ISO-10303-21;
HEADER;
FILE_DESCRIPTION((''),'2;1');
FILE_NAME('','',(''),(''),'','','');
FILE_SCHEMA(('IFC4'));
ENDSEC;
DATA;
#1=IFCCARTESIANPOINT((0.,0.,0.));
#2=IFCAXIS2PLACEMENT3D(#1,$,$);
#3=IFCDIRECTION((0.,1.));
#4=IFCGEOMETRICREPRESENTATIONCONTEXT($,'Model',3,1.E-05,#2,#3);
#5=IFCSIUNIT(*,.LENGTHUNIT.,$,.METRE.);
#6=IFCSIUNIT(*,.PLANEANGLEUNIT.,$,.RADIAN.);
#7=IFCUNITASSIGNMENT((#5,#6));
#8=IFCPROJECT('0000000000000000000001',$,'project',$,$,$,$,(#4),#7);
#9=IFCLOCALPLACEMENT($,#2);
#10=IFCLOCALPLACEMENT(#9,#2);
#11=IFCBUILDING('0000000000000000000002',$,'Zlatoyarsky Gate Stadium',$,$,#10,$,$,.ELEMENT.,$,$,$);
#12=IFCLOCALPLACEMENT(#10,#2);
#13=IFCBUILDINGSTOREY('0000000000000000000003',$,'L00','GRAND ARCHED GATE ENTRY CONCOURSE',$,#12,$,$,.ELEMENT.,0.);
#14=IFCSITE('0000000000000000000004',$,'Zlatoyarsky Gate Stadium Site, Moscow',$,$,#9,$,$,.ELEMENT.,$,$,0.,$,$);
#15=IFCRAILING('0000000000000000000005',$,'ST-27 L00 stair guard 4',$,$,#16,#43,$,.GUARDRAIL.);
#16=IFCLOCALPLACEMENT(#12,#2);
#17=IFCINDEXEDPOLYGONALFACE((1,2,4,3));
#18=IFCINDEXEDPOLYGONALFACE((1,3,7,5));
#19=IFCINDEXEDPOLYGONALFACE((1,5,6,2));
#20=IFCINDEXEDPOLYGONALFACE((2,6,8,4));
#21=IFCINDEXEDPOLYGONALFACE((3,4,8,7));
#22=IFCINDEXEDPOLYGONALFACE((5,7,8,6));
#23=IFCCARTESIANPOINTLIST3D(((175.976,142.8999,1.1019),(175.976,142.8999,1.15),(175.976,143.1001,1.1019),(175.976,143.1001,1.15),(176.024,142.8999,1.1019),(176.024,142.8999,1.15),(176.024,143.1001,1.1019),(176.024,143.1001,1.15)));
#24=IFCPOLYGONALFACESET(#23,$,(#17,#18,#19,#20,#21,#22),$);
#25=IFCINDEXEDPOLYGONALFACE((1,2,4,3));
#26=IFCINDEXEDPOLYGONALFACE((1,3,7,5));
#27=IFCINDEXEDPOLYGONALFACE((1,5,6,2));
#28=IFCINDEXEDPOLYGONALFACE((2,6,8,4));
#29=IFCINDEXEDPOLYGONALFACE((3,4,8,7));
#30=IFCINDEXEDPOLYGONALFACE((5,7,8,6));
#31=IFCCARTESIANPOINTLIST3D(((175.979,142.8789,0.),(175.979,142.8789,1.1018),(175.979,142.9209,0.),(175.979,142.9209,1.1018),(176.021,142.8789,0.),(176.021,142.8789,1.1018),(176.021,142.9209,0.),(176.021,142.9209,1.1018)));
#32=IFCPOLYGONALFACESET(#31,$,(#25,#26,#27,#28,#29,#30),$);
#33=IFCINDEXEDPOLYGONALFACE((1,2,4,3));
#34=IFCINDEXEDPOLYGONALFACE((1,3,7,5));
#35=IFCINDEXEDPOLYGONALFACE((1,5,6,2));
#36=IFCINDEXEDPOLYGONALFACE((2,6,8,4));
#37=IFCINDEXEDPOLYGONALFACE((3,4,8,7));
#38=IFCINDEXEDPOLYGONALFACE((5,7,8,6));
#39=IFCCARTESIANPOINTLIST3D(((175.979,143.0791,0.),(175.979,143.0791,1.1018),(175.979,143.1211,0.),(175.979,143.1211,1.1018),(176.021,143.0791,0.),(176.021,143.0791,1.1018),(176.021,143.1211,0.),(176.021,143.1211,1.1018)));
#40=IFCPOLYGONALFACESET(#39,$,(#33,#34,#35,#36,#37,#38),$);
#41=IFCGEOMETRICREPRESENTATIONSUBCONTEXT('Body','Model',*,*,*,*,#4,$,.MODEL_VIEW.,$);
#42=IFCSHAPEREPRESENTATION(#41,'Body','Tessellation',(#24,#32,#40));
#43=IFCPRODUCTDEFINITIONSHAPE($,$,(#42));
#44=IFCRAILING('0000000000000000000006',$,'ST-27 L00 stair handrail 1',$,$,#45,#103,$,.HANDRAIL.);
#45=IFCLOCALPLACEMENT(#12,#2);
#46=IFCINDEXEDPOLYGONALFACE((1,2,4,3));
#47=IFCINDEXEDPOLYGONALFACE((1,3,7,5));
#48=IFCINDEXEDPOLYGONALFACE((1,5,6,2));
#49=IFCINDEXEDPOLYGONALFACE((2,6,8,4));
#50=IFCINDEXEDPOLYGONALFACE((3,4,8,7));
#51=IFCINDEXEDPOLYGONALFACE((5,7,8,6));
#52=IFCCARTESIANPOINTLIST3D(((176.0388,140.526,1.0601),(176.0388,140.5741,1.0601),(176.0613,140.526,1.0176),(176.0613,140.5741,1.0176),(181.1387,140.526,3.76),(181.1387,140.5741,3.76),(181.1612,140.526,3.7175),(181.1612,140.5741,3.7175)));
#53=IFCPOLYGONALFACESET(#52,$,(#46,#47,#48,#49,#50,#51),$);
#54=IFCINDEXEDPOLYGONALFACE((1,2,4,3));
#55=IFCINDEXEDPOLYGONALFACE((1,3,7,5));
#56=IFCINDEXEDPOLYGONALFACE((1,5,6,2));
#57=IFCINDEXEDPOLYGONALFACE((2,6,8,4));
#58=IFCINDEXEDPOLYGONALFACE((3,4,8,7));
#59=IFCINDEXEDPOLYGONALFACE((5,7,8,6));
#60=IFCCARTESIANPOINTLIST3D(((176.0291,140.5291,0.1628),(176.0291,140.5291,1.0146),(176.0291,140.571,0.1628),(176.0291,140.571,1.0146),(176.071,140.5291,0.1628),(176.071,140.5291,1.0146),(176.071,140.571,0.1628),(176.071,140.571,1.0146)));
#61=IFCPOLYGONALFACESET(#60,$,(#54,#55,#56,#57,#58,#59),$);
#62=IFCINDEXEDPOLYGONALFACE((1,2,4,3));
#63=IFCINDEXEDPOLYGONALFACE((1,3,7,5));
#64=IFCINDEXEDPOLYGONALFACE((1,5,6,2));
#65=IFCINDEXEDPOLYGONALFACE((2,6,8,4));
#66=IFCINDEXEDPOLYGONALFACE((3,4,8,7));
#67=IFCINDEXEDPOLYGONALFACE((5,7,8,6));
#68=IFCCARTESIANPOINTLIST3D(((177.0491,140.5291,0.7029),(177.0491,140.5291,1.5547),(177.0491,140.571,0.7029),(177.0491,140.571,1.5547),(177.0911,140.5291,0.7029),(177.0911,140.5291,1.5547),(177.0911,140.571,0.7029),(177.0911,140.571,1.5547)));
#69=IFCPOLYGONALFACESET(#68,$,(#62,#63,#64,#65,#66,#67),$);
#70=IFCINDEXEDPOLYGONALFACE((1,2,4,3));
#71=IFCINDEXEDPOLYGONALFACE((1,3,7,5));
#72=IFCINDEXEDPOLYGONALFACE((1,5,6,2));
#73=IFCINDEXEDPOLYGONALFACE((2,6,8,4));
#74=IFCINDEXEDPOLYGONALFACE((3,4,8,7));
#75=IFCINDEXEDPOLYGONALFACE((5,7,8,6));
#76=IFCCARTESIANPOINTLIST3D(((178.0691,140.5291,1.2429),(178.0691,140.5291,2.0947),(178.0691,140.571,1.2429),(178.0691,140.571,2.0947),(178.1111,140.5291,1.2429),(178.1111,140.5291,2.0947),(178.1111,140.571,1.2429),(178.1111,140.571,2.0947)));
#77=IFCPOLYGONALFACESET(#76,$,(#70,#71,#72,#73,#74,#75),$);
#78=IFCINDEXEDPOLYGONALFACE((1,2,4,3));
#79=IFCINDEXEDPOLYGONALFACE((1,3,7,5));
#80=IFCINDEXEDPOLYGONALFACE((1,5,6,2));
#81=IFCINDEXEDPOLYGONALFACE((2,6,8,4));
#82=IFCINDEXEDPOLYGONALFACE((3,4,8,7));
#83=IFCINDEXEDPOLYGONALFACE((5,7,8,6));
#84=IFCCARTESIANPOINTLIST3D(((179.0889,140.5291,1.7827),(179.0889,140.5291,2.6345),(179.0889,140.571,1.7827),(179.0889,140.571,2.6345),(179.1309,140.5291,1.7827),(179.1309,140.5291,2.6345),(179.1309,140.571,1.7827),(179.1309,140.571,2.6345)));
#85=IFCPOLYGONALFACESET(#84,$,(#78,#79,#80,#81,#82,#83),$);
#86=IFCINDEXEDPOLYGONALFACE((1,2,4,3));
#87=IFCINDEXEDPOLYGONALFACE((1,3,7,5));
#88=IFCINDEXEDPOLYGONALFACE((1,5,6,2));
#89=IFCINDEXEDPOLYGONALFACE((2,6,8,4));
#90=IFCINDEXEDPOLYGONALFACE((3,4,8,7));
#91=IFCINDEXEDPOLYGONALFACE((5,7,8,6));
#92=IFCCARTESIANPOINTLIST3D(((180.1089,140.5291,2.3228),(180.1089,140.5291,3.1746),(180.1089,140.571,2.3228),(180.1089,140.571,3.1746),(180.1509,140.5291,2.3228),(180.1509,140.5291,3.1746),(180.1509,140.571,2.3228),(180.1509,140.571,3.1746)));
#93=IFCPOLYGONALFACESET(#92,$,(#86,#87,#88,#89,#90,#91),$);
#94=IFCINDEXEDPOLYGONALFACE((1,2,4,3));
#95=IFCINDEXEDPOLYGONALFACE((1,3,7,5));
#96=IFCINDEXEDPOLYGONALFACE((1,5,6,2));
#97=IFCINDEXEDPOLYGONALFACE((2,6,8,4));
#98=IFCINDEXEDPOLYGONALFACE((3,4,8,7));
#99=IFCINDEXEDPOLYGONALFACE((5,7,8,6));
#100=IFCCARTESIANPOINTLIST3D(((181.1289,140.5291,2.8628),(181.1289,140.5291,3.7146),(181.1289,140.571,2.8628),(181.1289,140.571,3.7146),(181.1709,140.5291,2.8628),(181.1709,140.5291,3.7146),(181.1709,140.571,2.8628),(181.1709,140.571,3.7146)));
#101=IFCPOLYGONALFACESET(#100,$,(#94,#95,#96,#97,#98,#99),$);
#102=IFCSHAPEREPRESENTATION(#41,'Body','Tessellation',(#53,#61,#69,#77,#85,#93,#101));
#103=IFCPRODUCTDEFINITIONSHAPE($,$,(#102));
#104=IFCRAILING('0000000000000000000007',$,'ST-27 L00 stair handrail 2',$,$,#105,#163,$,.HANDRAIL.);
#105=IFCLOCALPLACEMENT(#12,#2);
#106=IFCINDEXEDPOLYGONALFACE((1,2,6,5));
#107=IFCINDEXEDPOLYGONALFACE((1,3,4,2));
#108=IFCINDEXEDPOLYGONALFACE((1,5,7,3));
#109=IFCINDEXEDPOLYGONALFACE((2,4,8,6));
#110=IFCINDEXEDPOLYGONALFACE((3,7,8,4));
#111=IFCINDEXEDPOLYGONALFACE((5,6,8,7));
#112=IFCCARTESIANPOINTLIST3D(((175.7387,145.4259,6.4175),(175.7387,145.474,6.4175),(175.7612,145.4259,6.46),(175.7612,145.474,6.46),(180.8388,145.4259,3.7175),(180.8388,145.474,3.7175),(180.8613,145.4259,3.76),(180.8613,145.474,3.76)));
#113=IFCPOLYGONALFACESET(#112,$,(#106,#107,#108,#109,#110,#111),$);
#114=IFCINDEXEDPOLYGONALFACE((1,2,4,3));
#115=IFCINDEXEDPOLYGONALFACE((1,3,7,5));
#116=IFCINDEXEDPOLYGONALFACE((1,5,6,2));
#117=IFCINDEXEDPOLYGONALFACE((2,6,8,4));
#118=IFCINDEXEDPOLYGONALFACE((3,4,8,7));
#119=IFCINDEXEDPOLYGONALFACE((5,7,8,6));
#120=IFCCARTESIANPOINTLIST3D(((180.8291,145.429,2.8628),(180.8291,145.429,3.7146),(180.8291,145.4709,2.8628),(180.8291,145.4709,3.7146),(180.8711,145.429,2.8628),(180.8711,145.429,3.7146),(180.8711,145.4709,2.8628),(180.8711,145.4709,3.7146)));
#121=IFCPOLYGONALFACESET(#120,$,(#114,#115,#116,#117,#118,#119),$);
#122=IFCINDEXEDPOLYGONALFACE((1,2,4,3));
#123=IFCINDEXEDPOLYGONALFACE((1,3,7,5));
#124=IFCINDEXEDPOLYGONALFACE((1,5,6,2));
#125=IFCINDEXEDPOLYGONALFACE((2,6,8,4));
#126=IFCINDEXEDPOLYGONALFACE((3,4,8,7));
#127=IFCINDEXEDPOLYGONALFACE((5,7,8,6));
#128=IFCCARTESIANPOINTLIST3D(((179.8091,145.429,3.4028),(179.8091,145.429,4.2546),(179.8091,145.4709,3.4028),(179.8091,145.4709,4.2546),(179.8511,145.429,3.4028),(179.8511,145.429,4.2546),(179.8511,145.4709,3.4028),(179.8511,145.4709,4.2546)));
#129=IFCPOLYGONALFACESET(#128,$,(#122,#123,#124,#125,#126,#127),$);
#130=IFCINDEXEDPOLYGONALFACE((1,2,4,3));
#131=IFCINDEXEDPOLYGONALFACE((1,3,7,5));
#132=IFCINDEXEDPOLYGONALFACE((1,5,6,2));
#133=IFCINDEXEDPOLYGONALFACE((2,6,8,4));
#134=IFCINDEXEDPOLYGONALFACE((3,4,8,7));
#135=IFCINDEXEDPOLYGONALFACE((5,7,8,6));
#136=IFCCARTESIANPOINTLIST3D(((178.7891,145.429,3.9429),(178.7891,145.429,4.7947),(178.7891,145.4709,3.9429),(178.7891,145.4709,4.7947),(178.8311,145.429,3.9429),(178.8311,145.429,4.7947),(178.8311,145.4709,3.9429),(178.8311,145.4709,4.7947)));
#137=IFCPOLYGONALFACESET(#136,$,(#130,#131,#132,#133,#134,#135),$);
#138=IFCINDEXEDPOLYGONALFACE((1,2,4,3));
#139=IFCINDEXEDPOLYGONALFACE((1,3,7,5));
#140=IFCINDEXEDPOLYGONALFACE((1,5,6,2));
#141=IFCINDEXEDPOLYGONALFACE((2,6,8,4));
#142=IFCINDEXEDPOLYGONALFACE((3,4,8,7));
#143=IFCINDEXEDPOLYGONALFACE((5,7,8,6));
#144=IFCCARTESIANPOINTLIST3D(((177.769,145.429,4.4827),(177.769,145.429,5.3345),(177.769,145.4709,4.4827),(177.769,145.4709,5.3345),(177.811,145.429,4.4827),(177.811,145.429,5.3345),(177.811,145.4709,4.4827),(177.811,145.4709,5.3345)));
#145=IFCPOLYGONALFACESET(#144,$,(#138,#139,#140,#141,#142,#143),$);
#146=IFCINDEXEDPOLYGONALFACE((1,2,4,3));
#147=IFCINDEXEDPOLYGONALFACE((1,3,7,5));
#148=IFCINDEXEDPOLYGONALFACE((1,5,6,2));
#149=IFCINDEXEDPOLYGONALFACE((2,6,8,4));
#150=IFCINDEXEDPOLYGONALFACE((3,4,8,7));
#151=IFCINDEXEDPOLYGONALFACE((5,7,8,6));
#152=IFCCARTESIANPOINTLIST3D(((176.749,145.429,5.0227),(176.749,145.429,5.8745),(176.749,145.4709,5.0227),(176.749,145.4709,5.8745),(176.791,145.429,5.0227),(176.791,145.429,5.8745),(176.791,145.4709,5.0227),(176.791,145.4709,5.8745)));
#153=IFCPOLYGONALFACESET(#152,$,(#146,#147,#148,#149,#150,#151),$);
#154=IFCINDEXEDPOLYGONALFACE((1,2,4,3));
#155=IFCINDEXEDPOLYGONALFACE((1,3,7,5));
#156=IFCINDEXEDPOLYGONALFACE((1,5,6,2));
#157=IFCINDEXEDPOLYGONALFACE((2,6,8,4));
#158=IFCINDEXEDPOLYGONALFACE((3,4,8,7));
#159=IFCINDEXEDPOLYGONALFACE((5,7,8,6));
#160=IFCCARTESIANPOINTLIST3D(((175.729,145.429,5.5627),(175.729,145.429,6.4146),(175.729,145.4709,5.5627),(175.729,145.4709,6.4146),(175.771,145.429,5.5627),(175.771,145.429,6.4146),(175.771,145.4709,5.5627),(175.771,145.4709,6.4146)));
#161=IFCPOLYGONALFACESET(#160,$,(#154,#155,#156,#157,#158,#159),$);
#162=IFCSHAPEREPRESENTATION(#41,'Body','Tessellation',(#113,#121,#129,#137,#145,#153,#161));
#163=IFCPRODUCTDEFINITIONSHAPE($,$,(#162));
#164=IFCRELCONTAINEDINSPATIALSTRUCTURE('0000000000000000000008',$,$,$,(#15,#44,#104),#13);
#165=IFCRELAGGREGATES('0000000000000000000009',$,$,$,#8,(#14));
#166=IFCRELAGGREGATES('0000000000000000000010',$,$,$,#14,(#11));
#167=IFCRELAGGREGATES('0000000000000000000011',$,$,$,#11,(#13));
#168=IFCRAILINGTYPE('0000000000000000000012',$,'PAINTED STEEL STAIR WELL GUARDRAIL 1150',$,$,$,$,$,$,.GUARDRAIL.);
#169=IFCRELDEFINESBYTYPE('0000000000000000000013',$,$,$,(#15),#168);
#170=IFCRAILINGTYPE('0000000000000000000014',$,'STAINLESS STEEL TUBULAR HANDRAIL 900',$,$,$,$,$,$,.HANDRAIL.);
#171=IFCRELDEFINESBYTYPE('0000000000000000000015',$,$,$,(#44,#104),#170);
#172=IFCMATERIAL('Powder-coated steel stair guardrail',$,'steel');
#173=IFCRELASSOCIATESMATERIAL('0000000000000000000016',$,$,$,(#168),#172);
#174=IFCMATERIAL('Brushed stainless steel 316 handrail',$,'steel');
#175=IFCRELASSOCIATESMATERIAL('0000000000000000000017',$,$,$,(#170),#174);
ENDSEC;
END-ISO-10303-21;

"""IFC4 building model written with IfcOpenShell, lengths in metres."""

from ifc_helpers import new_model, si_unit, direction, frame, origin, origin_2d, place, context, subcontext, project, spatial, rectangle, extrude, material, type_object, element, save


model = new_model("IFC4")

# Units and contexts
model_context = context("Model", 3, precision=1e-05, world=origin(), true_north=direction((0.0, 1.0)))
body_context = subcontext(model_context, "Body", "Model", "MODEL_VIEW")
ifc_project = project(units=[si_unit("LENGTHUNIT", "METRE"), si_unit("PLANEANGLEUNIT", "RADIAN")], contexts=[model_context])

# Site, building, storey
site_placement = place(None, origin())
site = spatial("IfcSite", under=ifc_project, at=site_placement, Name="Zlatoyarsky Gate Stadium Site, Moscow", CompositionType="ELEMENT", RefElevation=0.0)
building_placement = place(site_placement, origin())
building = spatial("IfcBuilding", under=site, at=building_placement, Name="Zlatoyarsky Gate Stadium", CompositionType="ELEMENT")
storey_placement = place(building_placement, origin())
storey = spatial("IfcBuildingStorey", under=building, at=storey_placement, Name="L00", Description="GRAND ARCHED GATE ENTRY CONCOURSE", CompositionType="ELEMENT", Elevation=0.0)

# Railings
ifc_material_1 = material(Name="Powder-coated steel stair guardrail", Category="steel")
railing_type_1 = type_object("IfcRailingType", Name="PAINTED STEEL STAIR WELL GUARDRAIL 1150", PredefinedType="GUARDRAIL", material=ifc_material_1)
railing_1_placement = place(storey_placement, frame((176.0, 142.8999, 0.0)))
element("IfcRailing", 1, at=railing_1_placement, inside=storey, type_object=railing_type_1, Name="ST-27 L00 stair guard 4", PredefinedType="GUARDRAIL", context=body_context, shape_type="SweptSolid", body=[
    extrude(rectangle(XDim=0.0481, YDim=0.0481, at=origin_2d()), frame((0.0, 0.0, 1.126), z_axis=(0.0, 1.0, 0.0), x_axis=(-1.0, 0.0, 0.0)), (0.0, 0.0, 1.0), 0.2002),
    extrude(rectangle(XDim=0.042, YDim=0.042, at=origin_2d()), origin(), (0.0, 0.0, 1.0), 1.1018),
    extrude(rectangle(XDim=0.042, YDim=0.042, at=origin_2d()), frame((0.0, 0.2002, 0.0)), (0.0, 0.0, 1.0), 1.1018),
])
ifc_material_2 = material(Name="Brushed stainless steel 316 handrail", Category="steel")
railing_type_2 = type_object("IfcRailingType", Name="STAINLESS STEEL TUBULAR HANDRAIL 900", PredefinedType="HANDRAIL", material=ifc_material_2)
railing_2_placement = place(storey_placement, frame((176.05, 140.55, 0.1628)))
element("IfcRailing", 2, at=railing_2_placement, inside=storey, type_object=railing_type_2, Name="ST-27 L00 stair handrail 1", PredefinedType="HANDRAIL", context=body_context, shape_type="SweptSolid", body=[
    extrude(rectangle(XDim=0.0481, YDim=0.0481, at=origin_2d()), frame((0.0, 0.0, 0.876), z_axis=(0.883786, 0.0, 0.467892), x_axis=(0.0, 1.0, 0.0)), (0.0, 0.0, 1.0), 5.7705),
    extrude(rectangle(XDim=0.042, YDim=0.042, at=origin_2d()), origin(), (0.0, 0.0, 1.0), 0.8518),
    extrude(rectangle(XDim=0.042, YDim=0.042, at=origin_2d()), frame((1.02, 0.0, 0.54)), (0.0, 0.0, 1.0), 0.8518),
    extrude(rectangle(XDim=0.042, YDim=0.042, at=origin_2d()), frame((2.04, 0.0, 1.0801)), (0.0, 0.0, 1.0), 0.8518),
    extrude(rectangle(XDim=0.042, YDim=0.042, at=origin_2d()), frame((3.0598, 0.0, 1.6199)), (0.0, 0.0, 1.0), 0.8518),
    extrude(rectangle(XDim=0.042, YDim=0.042, at=origin_2d()), frame((4.0798, 0.0, 2.1599)), (0.0, 0.0, 1.0), 0.8518),
    extrude(rectangle(XDim=0.042, YDim=0.042, at=origin_2d()), frame((5.0999, 0.0, 2.7)), (0.0, 0.0, 1.0), 0.8518),
])
railing_3_placement = place(storey_placement, frame((180.8501, 145.45, 2.8628)))
element("IfcRailing", 3, at=railing_3_placement, inside=storey, type_object=railing_type_2, Name="ST-27 L00 stair handrail 2", PredefinedType="HANDRAIL", context=body_context, shape_type="SweptSolid", body=[
    extrude(rectangle(XDim=0.0481, YDim=0.0481, at=origin_2d()), frame((0.0, 0.0, 0.876), z_axis=(-0.883795, 0.0, 0.467874), x_axis=(0.0, -1.0, 0.0)), (0.0, 0.0, 1.0), 5.7708),
    extrude(rectangle(XDim=0.042, YDim=0.042, at=origin_2d()), origin(), (0.0, 0.0, 1.0), 0.8518),
    extrude(rectangle(XDim=0.042, YDim=0.042, at=origin_2d()), frame((-1.02, 0.0, 0.54)), (0.0, 0.0, 1.0), 0.8518),
    extrude(rectangle(XDim=0.042, YDim=0.042, at=origin_2d()), frame((-2.04, 0.0, 1.0801)), (0.0, 0.0, 1.0), 0.8518),
    extrude(rectangle(XDim=0.042, YDim=0.042, at=origin_2d()), frame((-3.0601, 0.0, 1.6199)), (0.0, 0.0, 1.0), 0.8518),
    extrude(rectangle(XDim=0.042, YDim=0.042, at=origin_2d()), frame((-4.0801, 0.0, 2.1599)), (0.0, 0.0, 1.0), 0.8518),
    extrude(rectangle(XDim=0.042, YDim=0.042, at=origin_2d()), frame((-5.1001, 0.0, 2.7)), (0.0, 0.0, 1.0), 0.8518),
])

save(model, "model.ifc")
